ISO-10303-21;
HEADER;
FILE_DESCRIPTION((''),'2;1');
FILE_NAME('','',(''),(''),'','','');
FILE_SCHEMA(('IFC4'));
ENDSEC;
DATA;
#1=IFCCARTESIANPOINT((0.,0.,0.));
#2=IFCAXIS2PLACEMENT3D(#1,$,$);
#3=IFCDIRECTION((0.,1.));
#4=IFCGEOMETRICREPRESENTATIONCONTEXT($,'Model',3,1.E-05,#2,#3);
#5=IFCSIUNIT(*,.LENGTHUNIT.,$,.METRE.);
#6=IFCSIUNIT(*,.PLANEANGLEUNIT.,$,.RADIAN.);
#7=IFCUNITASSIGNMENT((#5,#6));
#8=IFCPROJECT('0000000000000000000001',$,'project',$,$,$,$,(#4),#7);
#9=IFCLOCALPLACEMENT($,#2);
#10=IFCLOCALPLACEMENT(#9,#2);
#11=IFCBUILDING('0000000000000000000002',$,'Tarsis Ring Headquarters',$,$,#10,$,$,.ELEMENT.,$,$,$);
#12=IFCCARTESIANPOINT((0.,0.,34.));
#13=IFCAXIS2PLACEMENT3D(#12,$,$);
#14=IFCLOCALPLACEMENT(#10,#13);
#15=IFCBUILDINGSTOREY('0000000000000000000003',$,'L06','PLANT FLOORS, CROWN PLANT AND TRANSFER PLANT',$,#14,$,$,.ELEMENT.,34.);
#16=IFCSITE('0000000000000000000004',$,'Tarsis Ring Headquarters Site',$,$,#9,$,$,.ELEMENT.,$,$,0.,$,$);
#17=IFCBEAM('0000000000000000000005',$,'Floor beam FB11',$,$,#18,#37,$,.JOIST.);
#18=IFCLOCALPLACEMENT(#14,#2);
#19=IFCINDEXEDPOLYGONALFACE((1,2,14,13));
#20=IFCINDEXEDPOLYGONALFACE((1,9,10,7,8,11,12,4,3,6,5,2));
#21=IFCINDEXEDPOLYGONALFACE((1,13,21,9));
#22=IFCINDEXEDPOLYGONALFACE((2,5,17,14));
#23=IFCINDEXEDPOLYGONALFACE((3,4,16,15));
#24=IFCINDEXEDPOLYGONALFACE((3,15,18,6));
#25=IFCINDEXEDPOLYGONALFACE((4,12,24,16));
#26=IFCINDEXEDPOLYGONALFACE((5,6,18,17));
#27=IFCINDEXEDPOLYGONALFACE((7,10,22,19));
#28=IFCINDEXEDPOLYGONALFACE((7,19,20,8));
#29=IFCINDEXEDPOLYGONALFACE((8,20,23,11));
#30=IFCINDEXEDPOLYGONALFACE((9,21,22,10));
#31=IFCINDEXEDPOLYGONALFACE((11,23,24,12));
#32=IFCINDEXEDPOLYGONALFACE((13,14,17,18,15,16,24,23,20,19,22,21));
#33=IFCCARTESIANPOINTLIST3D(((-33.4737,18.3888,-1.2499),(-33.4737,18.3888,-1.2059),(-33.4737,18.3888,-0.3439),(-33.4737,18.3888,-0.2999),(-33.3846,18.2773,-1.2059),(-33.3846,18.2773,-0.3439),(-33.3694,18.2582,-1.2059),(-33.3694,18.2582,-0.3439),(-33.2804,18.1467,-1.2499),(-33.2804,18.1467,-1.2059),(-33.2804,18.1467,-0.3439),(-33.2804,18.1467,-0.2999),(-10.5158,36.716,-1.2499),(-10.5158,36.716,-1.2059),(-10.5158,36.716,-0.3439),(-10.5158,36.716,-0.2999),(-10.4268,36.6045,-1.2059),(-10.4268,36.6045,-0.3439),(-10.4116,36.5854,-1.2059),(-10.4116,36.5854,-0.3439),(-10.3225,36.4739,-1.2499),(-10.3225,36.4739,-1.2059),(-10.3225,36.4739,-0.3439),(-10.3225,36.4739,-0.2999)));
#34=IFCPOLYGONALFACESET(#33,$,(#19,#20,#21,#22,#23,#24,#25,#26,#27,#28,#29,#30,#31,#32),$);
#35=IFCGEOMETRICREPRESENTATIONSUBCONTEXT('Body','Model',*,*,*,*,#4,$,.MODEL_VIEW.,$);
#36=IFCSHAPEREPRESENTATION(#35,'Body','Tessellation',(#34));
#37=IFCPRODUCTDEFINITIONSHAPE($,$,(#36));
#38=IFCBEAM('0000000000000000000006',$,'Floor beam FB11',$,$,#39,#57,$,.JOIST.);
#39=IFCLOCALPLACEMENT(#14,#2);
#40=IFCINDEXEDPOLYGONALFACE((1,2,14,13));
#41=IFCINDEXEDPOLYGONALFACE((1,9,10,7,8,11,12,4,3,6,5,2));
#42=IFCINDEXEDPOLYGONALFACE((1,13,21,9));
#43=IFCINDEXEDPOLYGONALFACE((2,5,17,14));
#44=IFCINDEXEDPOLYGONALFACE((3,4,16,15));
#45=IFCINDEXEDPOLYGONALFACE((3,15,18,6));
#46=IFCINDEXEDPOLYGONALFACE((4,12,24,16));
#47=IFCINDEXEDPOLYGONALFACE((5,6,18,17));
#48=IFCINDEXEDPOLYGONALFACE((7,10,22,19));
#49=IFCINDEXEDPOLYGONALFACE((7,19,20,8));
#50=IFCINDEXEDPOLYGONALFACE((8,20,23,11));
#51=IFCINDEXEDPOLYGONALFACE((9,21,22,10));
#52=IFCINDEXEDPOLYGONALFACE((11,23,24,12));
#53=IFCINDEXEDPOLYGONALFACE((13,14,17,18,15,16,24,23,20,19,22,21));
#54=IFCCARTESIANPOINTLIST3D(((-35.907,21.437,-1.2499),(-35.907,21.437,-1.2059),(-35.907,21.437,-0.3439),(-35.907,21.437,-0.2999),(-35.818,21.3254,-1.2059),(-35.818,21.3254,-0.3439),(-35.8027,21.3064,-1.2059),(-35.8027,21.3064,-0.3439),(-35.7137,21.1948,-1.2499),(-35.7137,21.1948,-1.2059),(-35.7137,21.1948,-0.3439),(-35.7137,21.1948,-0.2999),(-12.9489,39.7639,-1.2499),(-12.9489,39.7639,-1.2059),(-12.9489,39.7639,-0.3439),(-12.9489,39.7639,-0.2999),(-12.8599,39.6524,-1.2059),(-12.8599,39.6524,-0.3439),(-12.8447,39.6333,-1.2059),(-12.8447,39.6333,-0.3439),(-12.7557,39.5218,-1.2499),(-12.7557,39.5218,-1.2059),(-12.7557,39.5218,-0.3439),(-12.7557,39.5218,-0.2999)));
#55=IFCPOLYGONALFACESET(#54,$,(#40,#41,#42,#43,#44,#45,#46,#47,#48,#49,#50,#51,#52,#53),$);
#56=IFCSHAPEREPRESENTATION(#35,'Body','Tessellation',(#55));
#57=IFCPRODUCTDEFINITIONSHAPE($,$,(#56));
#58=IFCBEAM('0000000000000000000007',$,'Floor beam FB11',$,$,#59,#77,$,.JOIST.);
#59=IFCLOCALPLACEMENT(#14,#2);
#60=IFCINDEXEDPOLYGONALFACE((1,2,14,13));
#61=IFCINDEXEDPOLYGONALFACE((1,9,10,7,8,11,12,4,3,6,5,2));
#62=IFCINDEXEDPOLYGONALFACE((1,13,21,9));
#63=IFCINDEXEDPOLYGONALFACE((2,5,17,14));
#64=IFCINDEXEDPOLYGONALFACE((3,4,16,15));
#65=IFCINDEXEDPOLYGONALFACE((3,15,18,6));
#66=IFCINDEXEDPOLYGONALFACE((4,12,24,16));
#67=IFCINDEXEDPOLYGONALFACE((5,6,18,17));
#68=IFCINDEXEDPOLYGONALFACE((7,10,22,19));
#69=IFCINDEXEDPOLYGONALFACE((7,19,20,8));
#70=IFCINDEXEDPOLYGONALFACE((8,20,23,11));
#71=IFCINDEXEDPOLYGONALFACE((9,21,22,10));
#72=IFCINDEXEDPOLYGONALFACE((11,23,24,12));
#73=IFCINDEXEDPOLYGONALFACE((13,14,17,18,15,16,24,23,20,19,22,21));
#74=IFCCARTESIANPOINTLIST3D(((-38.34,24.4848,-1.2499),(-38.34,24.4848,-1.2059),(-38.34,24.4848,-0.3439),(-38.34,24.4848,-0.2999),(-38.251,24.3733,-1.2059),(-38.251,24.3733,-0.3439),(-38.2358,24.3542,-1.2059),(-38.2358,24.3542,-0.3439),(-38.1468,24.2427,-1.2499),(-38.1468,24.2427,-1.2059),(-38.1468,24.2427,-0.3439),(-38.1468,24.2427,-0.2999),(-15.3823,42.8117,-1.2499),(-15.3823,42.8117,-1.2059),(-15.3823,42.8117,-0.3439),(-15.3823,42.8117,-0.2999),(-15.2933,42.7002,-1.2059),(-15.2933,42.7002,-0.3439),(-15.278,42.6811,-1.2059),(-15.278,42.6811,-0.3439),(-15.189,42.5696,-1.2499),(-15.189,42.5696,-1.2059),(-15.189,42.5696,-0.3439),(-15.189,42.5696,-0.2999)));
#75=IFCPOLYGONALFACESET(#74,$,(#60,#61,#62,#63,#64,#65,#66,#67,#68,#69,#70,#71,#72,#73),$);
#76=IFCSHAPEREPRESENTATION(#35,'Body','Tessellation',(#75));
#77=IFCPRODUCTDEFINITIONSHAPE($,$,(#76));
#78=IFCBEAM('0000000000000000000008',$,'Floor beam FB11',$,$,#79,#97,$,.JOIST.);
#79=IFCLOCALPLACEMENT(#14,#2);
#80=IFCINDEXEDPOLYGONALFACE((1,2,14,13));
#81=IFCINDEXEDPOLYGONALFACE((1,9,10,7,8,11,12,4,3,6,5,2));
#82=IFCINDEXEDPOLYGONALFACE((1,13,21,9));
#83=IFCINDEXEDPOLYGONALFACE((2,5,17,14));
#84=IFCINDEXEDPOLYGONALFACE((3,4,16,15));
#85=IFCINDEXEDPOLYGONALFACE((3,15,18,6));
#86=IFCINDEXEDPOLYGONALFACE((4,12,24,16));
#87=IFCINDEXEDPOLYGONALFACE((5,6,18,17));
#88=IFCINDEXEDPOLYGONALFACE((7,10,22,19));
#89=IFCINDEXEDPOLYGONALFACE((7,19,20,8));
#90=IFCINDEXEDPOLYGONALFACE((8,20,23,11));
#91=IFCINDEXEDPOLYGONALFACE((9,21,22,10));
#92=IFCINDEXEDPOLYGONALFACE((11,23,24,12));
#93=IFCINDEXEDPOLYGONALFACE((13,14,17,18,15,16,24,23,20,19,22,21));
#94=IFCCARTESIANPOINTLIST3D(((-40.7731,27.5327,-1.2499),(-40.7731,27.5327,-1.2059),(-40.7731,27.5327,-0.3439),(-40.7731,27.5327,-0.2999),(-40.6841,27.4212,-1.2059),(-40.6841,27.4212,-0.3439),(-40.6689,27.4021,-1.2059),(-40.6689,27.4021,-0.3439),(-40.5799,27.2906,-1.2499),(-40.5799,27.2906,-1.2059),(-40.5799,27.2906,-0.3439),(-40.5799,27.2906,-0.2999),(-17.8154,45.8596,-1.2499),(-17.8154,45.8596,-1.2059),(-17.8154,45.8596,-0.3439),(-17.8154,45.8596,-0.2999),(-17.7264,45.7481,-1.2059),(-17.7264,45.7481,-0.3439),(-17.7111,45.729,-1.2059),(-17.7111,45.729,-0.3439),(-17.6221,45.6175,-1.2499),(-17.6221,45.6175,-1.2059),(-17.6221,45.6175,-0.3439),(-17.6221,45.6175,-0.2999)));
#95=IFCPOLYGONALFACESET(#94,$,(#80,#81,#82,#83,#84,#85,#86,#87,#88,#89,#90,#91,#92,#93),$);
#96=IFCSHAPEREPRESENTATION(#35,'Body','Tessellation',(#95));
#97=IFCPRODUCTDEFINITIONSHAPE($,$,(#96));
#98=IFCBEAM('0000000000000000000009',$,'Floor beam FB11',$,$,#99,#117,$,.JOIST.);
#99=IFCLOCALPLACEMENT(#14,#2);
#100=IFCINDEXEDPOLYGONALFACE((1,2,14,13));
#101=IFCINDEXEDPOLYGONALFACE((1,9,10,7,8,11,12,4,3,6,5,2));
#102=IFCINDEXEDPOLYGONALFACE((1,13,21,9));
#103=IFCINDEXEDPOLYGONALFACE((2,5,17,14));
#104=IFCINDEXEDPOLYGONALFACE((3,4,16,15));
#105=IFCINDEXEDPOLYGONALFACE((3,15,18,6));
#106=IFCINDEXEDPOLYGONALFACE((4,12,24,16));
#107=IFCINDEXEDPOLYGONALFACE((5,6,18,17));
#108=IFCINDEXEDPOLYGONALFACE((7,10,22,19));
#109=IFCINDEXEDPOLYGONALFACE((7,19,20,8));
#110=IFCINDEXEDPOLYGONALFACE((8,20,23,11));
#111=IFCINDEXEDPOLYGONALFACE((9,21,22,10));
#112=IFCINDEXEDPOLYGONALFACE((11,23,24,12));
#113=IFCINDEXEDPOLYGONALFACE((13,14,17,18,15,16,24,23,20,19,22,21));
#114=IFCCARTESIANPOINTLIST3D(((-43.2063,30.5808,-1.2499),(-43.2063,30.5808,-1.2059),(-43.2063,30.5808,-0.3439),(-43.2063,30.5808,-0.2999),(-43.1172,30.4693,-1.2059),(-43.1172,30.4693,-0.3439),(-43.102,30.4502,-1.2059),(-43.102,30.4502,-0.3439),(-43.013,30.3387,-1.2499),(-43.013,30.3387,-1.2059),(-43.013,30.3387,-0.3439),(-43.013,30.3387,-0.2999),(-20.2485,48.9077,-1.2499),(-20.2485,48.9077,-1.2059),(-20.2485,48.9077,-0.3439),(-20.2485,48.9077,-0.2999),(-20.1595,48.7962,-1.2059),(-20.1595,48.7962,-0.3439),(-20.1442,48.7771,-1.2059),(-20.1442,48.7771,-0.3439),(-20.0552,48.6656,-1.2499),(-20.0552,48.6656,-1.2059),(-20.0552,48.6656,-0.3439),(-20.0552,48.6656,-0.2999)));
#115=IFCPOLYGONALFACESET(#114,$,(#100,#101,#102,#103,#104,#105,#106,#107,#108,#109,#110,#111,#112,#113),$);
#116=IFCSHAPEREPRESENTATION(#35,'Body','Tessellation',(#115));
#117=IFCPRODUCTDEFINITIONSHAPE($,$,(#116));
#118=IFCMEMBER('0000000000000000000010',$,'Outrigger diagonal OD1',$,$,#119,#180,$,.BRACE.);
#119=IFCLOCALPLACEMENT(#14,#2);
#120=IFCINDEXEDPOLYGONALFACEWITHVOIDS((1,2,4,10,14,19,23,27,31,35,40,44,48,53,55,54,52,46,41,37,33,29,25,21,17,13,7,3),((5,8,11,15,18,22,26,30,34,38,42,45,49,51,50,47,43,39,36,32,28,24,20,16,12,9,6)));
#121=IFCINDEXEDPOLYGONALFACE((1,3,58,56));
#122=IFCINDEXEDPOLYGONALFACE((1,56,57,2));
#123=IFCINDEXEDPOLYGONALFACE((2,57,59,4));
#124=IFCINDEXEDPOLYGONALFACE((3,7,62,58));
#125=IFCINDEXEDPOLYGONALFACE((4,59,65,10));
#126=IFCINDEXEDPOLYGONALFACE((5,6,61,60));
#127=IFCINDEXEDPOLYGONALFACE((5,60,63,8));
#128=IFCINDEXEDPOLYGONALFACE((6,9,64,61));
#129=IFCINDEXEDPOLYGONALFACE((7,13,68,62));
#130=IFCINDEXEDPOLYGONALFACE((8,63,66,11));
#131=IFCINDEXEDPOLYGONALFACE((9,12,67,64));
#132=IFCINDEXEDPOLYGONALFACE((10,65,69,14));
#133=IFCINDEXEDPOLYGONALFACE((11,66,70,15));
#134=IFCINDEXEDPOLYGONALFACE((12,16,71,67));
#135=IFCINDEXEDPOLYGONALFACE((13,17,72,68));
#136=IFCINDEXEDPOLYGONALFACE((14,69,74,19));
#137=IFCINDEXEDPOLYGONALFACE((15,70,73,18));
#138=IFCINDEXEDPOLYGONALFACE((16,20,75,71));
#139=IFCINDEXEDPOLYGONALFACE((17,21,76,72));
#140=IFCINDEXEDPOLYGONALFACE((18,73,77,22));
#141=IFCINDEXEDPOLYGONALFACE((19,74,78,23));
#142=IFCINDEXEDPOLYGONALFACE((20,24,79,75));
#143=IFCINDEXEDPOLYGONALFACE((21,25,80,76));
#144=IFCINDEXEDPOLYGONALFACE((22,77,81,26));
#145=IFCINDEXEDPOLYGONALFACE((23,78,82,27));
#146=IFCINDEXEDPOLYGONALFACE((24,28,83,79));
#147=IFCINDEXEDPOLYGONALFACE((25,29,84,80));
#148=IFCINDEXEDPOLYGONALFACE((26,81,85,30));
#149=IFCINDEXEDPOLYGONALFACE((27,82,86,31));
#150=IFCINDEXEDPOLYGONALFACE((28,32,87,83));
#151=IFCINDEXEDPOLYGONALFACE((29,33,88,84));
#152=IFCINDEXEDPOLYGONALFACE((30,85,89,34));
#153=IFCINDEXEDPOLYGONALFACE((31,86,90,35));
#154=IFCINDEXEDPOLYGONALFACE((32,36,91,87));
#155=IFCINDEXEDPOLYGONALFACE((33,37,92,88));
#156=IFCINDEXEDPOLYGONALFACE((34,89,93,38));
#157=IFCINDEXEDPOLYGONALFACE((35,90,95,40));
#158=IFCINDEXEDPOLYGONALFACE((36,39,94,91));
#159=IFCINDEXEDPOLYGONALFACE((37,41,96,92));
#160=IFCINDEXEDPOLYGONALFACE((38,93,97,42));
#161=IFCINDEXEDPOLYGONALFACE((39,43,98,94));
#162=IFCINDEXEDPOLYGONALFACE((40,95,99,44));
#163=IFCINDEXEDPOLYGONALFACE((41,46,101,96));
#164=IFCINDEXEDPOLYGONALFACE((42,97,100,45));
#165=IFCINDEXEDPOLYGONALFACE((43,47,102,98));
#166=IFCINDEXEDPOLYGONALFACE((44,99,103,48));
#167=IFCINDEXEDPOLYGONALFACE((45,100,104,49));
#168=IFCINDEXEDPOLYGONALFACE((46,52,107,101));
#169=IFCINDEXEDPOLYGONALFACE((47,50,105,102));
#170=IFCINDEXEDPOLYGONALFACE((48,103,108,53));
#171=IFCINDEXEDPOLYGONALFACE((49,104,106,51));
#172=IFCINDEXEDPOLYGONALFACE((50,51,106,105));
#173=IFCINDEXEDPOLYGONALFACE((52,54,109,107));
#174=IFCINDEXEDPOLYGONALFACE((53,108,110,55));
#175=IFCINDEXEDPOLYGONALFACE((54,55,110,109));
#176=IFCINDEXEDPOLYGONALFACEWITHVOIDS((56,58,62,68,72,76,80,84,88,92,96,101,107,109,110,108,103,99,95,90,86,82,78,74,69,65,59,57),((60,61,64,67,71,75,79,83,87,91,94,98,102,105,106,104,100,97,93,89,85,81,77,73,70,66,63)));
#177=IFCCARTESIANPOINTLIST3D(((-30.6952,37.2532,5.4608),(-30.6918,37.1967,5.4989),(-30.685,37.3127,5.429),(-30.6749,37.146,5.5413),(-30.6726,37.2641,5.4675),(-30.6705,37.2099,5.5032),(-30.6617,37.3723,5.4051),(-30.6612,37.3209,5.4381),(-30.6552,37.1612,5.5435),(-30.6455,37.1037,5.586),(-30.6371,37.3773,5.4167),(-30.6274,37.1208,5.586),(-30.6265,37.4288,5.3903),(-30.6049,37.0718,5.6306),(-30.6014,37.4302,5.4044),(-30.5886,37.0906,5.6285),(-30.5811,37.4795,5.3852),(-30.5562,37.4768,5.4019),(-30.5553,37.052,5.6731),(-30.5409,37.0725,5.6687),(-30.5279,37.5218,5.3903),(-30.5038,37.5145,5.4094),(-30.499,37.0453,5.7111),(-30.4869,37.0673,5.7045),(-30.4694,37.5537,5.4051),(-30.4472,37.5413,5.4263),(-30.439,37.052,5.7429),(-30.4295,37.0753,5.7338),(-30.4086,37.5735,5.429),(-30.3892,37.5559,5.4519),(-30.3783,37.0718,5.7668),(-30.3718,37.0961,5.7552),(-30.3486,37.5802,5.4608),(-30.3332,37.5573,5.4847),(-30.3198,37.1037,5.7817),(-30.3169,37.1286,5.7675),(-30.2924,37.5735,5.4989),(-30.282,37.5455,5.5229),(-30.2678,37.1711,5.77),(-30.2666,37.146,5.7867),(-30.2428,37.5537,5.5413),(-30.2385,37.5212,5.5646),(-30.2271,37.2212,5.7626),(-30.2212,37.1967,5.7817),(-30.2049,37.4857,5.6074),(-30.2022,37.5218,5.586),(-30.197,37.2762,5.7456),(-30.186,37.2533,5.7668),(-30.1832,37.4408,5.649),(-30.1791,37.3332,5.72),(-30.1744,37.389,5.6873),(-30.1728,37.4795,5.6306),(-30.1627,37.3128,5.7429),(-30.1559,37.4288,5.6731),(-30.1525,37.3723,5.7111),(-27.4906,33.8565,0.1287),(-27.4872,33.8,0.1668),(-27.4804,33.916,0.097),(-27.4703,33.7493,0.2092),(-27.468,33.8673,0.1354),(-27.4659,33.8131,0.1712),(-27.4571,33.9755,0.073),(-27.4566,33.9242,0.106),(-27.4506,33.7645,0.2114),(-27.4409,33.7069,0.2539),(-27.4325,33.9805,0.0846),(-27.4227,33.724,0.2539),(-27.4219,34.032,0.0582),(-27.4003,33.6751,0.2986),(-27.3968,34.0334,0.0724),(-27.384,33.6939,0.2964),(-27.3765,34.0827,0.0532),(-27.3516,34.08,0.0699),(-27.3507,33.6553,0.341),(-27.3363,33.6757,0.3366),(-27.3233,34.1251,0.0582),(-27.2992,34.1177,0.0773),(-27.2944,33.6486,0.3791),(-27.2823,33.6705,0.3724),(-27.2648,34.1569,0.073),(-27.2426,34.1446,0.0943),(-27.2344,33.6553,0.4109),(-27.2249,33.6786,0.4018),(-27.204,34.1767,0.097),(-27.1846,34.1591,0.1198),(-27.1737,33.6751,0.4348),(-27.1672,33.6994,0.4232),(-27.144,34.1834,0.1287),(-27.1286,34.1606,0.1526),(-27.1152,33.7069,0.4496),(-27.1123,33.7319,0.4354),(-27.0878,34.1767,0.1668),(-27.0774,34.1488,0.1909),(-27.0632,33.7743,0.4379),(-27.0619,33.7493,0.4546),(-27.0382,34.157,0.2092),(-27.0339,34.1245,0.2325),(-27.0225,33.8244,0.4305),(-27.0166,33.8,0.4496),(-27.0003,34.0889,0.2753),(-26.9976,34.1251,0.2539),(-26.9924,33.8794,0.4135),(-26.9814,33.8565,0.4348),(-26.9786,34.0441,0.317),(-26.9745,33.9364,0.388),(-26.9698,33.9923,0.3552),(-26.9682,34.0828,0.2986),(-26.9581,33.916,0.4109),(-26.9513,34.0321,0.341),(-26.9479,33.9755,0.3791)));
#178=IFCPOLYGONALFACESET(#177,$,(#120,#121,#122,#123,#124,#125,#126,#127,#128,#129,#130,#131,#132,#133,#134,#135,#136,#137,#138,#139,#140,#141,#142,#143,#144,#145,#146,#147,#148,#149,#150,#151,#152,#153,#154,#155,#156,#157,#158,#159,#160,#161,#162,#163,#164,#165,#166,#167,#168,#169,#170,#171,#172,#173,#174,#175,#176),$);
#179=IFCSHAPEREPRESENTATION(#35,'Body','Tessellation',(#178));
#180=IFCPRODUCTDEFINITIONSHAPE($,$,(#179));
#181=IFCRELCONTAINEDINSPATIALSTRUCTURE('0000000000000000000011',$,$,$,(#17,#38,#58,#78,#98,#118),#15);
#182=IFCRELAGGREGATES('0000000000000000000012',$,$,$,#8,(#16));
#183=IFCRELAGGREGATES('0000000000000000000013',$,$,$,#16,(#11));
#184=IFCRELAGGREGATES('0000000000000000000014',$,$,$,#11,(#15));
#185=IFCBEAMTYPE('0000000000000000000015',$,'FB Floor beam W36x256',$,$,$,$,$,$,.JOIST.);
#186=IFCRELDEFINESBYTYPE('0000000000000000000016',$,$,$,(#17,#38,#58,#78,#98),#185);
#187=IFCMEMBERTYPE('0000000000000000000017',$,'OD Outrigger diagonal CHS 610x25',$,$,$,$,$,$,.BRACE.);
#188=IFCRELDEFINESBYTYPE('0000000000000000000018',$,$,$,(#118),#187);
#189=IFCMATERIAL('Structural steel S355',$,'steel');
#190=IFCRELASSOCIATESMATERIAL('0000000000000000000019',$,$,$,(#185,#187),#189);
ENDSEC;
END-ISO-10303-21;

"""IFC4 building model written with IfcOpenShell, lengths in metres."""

from ifc_helpers import new_model, si_unit, direction, frame, origin, origin_2d, place, context, subcontext, project, spatial, hollow_circle, i_section, extrude, material, material_profile, profile_set, type_object, element, save


model = new_model("IFC4")

# Units and contexts
model_context = context("Model", 3, precision=1e-05, world=origin(), true_north=direction((0.0, 1.0)))
body_context = subcontext(model_context, "Body", "Model", "MODEL_VIEW")
ifc_project = project(units=[si_unit("LENGTHUNIT", "METRE"), si_unit("PLANEANGLEUNIT", "RADIAN")], contexts=[model_context])

# Site, building, storey
site_placement = place(None, origin())
site = spatial("IfcSite", under=ifc_project, at=site_placement, Name="Tarsis Ring Headquarters Site", CompositionType="ELEMENT", RefElevation=0.0)
building_placement = place(site_placement, origin())
building = spatial("IfcBuilding", under=site, at=building_placement, Name="Tarsis Ring Headquarters", CompositionType="ELEMENT")
storey_placement = place(building_placement, frame((0.0, 0.0, 34.0)))
storey = spatial("IfcBuildingStorey", under=building, at=storey_placement, Name="L06", Description="PLANT FLOORS, CROWN PLANT AND TRANSFER PLANT", CompositionType="ELEMENT", Elevation=34.0)

# Beams
ifc_material_1 = material(Name="Structural steel S355", Category="steel")
ifc_material_profile_1 = material_profile(ifc_material_1, i_section(OverallWidth=0.3098, OverallDepth=0.95, WebThickness=0.0244, FlangeThickness=0.0439, at=origin_2d()), Name="W36x256")
ifc_profile_set_1 = profile_set([ifc_material_profile_1], Name="Structural steel S355")
beam_type_1 = type_object("IfcBeamType", Name="FB Floor beam W36x256", PredefinedType="JOIST", material=ifc_profile_set_1)
for number, where, z_axis, x_axis, name in (
    (1, (-10.4192, 36.595, -0.7749), (-0.781517, -0.623884, 0.0), (0.623884, -0.781517, 0.0), "Floor beam FB11"),
    (2, (-12.8523, 39.6428, -0.7749), (-0.781524, -0.623875, 0.0), (0.623875, -0.781524, 0.0), "Floor beam FB11"),
):
    element("IfcBeam", number, at=place(storey_placement, frame(where, z_axis=z_axis, x_axis=x_axis)), inside=storey, type_object=beam_type_1, Name=name, PredefinedType="JOIST", context=body_context, shape_type="SweptSolid", body=[
        extrude(i_section(OverallWidth=0.3098, OverallDepth=0.95, WebThickness=0.0244, FlangeThickness=0.0439, at=origin_2d()), origin(), (0.0, 0.0, 1.0), 29.376),
    ])
for number, where, z_axis, x_axis, name in (
    (3, (-15.2856, 42.6907, -0.7749), (-0.781521, -0.623879, 0.0), (0.623879, -0.781521, 0.0), "Floor beam FB11"),
    (4, (-17.7188, 45.7385, -0.7749), (-0.781521, -0.623879, 0.0), (0.623879, -0.781521, 0.0), "Floor beam FB11"),
    (5, (-20.1519, 48.7866, -0.7749), (-0.781521, -0.623879, 0.0), (0.623879, -0.781521, 0.0), "Floor beam FB11"),
):
    element("IfcBeam", number, at=place(storey_placement, frame(where, z_axis=z_axis, x_axis=x_axis)), inside=storey, type_object=beam_type_1, Name=name, PredefinedType="JOIST", context=body_context, shape_type="SweptSolid", body=[
        extrude(i_section(OverallWidth=0.3098, OverallDepth=0.95, WebThickness=0.0244, FlangeThickness=0.0439, at=origin_2d()), origin(), (0.0, 0.0, 1.0), 29.3757),
    ])

# Member
ifc_material_profile_2 = material_profile(ifc_material_1, hollow_circle(Radius=0.3047, WallThickness=0.0249, at=origin_2d()), Name="CHS 610x25")
ifc_profile_set_2 = profile_set([ifc_material_profile_2], Name="Structural steel S355")
member_type_1 = type_object("IfcMemberType", Name="OD Outrigger diagonal CHS 610x25", PredefinedType="BRACE", material=ifc_profile_set_2)
member_1_placement = place(storey_placement, frame((-27.2192, 33.916, 0.2539), z_axis=(-0.452124, 0.479232, 0.752277), x_axis=(-0.72738, -0.686235, 0.0)))
element("IfcMember", 6, at=member_1_placement, inside=storey, type_object=member_type_1, Name="Outrigger diagonal OD1", PredefinedType="BRACE", context=body_context, shape_type="SweptSolid", body=[
    extrude(hollow_circle(Radius=0.3047, WallThickness=0.0249, at=origin_2d()), origin(), (0.0, 0.0, 1.0), 7.0879),
])

save(model, "model.ifc")
